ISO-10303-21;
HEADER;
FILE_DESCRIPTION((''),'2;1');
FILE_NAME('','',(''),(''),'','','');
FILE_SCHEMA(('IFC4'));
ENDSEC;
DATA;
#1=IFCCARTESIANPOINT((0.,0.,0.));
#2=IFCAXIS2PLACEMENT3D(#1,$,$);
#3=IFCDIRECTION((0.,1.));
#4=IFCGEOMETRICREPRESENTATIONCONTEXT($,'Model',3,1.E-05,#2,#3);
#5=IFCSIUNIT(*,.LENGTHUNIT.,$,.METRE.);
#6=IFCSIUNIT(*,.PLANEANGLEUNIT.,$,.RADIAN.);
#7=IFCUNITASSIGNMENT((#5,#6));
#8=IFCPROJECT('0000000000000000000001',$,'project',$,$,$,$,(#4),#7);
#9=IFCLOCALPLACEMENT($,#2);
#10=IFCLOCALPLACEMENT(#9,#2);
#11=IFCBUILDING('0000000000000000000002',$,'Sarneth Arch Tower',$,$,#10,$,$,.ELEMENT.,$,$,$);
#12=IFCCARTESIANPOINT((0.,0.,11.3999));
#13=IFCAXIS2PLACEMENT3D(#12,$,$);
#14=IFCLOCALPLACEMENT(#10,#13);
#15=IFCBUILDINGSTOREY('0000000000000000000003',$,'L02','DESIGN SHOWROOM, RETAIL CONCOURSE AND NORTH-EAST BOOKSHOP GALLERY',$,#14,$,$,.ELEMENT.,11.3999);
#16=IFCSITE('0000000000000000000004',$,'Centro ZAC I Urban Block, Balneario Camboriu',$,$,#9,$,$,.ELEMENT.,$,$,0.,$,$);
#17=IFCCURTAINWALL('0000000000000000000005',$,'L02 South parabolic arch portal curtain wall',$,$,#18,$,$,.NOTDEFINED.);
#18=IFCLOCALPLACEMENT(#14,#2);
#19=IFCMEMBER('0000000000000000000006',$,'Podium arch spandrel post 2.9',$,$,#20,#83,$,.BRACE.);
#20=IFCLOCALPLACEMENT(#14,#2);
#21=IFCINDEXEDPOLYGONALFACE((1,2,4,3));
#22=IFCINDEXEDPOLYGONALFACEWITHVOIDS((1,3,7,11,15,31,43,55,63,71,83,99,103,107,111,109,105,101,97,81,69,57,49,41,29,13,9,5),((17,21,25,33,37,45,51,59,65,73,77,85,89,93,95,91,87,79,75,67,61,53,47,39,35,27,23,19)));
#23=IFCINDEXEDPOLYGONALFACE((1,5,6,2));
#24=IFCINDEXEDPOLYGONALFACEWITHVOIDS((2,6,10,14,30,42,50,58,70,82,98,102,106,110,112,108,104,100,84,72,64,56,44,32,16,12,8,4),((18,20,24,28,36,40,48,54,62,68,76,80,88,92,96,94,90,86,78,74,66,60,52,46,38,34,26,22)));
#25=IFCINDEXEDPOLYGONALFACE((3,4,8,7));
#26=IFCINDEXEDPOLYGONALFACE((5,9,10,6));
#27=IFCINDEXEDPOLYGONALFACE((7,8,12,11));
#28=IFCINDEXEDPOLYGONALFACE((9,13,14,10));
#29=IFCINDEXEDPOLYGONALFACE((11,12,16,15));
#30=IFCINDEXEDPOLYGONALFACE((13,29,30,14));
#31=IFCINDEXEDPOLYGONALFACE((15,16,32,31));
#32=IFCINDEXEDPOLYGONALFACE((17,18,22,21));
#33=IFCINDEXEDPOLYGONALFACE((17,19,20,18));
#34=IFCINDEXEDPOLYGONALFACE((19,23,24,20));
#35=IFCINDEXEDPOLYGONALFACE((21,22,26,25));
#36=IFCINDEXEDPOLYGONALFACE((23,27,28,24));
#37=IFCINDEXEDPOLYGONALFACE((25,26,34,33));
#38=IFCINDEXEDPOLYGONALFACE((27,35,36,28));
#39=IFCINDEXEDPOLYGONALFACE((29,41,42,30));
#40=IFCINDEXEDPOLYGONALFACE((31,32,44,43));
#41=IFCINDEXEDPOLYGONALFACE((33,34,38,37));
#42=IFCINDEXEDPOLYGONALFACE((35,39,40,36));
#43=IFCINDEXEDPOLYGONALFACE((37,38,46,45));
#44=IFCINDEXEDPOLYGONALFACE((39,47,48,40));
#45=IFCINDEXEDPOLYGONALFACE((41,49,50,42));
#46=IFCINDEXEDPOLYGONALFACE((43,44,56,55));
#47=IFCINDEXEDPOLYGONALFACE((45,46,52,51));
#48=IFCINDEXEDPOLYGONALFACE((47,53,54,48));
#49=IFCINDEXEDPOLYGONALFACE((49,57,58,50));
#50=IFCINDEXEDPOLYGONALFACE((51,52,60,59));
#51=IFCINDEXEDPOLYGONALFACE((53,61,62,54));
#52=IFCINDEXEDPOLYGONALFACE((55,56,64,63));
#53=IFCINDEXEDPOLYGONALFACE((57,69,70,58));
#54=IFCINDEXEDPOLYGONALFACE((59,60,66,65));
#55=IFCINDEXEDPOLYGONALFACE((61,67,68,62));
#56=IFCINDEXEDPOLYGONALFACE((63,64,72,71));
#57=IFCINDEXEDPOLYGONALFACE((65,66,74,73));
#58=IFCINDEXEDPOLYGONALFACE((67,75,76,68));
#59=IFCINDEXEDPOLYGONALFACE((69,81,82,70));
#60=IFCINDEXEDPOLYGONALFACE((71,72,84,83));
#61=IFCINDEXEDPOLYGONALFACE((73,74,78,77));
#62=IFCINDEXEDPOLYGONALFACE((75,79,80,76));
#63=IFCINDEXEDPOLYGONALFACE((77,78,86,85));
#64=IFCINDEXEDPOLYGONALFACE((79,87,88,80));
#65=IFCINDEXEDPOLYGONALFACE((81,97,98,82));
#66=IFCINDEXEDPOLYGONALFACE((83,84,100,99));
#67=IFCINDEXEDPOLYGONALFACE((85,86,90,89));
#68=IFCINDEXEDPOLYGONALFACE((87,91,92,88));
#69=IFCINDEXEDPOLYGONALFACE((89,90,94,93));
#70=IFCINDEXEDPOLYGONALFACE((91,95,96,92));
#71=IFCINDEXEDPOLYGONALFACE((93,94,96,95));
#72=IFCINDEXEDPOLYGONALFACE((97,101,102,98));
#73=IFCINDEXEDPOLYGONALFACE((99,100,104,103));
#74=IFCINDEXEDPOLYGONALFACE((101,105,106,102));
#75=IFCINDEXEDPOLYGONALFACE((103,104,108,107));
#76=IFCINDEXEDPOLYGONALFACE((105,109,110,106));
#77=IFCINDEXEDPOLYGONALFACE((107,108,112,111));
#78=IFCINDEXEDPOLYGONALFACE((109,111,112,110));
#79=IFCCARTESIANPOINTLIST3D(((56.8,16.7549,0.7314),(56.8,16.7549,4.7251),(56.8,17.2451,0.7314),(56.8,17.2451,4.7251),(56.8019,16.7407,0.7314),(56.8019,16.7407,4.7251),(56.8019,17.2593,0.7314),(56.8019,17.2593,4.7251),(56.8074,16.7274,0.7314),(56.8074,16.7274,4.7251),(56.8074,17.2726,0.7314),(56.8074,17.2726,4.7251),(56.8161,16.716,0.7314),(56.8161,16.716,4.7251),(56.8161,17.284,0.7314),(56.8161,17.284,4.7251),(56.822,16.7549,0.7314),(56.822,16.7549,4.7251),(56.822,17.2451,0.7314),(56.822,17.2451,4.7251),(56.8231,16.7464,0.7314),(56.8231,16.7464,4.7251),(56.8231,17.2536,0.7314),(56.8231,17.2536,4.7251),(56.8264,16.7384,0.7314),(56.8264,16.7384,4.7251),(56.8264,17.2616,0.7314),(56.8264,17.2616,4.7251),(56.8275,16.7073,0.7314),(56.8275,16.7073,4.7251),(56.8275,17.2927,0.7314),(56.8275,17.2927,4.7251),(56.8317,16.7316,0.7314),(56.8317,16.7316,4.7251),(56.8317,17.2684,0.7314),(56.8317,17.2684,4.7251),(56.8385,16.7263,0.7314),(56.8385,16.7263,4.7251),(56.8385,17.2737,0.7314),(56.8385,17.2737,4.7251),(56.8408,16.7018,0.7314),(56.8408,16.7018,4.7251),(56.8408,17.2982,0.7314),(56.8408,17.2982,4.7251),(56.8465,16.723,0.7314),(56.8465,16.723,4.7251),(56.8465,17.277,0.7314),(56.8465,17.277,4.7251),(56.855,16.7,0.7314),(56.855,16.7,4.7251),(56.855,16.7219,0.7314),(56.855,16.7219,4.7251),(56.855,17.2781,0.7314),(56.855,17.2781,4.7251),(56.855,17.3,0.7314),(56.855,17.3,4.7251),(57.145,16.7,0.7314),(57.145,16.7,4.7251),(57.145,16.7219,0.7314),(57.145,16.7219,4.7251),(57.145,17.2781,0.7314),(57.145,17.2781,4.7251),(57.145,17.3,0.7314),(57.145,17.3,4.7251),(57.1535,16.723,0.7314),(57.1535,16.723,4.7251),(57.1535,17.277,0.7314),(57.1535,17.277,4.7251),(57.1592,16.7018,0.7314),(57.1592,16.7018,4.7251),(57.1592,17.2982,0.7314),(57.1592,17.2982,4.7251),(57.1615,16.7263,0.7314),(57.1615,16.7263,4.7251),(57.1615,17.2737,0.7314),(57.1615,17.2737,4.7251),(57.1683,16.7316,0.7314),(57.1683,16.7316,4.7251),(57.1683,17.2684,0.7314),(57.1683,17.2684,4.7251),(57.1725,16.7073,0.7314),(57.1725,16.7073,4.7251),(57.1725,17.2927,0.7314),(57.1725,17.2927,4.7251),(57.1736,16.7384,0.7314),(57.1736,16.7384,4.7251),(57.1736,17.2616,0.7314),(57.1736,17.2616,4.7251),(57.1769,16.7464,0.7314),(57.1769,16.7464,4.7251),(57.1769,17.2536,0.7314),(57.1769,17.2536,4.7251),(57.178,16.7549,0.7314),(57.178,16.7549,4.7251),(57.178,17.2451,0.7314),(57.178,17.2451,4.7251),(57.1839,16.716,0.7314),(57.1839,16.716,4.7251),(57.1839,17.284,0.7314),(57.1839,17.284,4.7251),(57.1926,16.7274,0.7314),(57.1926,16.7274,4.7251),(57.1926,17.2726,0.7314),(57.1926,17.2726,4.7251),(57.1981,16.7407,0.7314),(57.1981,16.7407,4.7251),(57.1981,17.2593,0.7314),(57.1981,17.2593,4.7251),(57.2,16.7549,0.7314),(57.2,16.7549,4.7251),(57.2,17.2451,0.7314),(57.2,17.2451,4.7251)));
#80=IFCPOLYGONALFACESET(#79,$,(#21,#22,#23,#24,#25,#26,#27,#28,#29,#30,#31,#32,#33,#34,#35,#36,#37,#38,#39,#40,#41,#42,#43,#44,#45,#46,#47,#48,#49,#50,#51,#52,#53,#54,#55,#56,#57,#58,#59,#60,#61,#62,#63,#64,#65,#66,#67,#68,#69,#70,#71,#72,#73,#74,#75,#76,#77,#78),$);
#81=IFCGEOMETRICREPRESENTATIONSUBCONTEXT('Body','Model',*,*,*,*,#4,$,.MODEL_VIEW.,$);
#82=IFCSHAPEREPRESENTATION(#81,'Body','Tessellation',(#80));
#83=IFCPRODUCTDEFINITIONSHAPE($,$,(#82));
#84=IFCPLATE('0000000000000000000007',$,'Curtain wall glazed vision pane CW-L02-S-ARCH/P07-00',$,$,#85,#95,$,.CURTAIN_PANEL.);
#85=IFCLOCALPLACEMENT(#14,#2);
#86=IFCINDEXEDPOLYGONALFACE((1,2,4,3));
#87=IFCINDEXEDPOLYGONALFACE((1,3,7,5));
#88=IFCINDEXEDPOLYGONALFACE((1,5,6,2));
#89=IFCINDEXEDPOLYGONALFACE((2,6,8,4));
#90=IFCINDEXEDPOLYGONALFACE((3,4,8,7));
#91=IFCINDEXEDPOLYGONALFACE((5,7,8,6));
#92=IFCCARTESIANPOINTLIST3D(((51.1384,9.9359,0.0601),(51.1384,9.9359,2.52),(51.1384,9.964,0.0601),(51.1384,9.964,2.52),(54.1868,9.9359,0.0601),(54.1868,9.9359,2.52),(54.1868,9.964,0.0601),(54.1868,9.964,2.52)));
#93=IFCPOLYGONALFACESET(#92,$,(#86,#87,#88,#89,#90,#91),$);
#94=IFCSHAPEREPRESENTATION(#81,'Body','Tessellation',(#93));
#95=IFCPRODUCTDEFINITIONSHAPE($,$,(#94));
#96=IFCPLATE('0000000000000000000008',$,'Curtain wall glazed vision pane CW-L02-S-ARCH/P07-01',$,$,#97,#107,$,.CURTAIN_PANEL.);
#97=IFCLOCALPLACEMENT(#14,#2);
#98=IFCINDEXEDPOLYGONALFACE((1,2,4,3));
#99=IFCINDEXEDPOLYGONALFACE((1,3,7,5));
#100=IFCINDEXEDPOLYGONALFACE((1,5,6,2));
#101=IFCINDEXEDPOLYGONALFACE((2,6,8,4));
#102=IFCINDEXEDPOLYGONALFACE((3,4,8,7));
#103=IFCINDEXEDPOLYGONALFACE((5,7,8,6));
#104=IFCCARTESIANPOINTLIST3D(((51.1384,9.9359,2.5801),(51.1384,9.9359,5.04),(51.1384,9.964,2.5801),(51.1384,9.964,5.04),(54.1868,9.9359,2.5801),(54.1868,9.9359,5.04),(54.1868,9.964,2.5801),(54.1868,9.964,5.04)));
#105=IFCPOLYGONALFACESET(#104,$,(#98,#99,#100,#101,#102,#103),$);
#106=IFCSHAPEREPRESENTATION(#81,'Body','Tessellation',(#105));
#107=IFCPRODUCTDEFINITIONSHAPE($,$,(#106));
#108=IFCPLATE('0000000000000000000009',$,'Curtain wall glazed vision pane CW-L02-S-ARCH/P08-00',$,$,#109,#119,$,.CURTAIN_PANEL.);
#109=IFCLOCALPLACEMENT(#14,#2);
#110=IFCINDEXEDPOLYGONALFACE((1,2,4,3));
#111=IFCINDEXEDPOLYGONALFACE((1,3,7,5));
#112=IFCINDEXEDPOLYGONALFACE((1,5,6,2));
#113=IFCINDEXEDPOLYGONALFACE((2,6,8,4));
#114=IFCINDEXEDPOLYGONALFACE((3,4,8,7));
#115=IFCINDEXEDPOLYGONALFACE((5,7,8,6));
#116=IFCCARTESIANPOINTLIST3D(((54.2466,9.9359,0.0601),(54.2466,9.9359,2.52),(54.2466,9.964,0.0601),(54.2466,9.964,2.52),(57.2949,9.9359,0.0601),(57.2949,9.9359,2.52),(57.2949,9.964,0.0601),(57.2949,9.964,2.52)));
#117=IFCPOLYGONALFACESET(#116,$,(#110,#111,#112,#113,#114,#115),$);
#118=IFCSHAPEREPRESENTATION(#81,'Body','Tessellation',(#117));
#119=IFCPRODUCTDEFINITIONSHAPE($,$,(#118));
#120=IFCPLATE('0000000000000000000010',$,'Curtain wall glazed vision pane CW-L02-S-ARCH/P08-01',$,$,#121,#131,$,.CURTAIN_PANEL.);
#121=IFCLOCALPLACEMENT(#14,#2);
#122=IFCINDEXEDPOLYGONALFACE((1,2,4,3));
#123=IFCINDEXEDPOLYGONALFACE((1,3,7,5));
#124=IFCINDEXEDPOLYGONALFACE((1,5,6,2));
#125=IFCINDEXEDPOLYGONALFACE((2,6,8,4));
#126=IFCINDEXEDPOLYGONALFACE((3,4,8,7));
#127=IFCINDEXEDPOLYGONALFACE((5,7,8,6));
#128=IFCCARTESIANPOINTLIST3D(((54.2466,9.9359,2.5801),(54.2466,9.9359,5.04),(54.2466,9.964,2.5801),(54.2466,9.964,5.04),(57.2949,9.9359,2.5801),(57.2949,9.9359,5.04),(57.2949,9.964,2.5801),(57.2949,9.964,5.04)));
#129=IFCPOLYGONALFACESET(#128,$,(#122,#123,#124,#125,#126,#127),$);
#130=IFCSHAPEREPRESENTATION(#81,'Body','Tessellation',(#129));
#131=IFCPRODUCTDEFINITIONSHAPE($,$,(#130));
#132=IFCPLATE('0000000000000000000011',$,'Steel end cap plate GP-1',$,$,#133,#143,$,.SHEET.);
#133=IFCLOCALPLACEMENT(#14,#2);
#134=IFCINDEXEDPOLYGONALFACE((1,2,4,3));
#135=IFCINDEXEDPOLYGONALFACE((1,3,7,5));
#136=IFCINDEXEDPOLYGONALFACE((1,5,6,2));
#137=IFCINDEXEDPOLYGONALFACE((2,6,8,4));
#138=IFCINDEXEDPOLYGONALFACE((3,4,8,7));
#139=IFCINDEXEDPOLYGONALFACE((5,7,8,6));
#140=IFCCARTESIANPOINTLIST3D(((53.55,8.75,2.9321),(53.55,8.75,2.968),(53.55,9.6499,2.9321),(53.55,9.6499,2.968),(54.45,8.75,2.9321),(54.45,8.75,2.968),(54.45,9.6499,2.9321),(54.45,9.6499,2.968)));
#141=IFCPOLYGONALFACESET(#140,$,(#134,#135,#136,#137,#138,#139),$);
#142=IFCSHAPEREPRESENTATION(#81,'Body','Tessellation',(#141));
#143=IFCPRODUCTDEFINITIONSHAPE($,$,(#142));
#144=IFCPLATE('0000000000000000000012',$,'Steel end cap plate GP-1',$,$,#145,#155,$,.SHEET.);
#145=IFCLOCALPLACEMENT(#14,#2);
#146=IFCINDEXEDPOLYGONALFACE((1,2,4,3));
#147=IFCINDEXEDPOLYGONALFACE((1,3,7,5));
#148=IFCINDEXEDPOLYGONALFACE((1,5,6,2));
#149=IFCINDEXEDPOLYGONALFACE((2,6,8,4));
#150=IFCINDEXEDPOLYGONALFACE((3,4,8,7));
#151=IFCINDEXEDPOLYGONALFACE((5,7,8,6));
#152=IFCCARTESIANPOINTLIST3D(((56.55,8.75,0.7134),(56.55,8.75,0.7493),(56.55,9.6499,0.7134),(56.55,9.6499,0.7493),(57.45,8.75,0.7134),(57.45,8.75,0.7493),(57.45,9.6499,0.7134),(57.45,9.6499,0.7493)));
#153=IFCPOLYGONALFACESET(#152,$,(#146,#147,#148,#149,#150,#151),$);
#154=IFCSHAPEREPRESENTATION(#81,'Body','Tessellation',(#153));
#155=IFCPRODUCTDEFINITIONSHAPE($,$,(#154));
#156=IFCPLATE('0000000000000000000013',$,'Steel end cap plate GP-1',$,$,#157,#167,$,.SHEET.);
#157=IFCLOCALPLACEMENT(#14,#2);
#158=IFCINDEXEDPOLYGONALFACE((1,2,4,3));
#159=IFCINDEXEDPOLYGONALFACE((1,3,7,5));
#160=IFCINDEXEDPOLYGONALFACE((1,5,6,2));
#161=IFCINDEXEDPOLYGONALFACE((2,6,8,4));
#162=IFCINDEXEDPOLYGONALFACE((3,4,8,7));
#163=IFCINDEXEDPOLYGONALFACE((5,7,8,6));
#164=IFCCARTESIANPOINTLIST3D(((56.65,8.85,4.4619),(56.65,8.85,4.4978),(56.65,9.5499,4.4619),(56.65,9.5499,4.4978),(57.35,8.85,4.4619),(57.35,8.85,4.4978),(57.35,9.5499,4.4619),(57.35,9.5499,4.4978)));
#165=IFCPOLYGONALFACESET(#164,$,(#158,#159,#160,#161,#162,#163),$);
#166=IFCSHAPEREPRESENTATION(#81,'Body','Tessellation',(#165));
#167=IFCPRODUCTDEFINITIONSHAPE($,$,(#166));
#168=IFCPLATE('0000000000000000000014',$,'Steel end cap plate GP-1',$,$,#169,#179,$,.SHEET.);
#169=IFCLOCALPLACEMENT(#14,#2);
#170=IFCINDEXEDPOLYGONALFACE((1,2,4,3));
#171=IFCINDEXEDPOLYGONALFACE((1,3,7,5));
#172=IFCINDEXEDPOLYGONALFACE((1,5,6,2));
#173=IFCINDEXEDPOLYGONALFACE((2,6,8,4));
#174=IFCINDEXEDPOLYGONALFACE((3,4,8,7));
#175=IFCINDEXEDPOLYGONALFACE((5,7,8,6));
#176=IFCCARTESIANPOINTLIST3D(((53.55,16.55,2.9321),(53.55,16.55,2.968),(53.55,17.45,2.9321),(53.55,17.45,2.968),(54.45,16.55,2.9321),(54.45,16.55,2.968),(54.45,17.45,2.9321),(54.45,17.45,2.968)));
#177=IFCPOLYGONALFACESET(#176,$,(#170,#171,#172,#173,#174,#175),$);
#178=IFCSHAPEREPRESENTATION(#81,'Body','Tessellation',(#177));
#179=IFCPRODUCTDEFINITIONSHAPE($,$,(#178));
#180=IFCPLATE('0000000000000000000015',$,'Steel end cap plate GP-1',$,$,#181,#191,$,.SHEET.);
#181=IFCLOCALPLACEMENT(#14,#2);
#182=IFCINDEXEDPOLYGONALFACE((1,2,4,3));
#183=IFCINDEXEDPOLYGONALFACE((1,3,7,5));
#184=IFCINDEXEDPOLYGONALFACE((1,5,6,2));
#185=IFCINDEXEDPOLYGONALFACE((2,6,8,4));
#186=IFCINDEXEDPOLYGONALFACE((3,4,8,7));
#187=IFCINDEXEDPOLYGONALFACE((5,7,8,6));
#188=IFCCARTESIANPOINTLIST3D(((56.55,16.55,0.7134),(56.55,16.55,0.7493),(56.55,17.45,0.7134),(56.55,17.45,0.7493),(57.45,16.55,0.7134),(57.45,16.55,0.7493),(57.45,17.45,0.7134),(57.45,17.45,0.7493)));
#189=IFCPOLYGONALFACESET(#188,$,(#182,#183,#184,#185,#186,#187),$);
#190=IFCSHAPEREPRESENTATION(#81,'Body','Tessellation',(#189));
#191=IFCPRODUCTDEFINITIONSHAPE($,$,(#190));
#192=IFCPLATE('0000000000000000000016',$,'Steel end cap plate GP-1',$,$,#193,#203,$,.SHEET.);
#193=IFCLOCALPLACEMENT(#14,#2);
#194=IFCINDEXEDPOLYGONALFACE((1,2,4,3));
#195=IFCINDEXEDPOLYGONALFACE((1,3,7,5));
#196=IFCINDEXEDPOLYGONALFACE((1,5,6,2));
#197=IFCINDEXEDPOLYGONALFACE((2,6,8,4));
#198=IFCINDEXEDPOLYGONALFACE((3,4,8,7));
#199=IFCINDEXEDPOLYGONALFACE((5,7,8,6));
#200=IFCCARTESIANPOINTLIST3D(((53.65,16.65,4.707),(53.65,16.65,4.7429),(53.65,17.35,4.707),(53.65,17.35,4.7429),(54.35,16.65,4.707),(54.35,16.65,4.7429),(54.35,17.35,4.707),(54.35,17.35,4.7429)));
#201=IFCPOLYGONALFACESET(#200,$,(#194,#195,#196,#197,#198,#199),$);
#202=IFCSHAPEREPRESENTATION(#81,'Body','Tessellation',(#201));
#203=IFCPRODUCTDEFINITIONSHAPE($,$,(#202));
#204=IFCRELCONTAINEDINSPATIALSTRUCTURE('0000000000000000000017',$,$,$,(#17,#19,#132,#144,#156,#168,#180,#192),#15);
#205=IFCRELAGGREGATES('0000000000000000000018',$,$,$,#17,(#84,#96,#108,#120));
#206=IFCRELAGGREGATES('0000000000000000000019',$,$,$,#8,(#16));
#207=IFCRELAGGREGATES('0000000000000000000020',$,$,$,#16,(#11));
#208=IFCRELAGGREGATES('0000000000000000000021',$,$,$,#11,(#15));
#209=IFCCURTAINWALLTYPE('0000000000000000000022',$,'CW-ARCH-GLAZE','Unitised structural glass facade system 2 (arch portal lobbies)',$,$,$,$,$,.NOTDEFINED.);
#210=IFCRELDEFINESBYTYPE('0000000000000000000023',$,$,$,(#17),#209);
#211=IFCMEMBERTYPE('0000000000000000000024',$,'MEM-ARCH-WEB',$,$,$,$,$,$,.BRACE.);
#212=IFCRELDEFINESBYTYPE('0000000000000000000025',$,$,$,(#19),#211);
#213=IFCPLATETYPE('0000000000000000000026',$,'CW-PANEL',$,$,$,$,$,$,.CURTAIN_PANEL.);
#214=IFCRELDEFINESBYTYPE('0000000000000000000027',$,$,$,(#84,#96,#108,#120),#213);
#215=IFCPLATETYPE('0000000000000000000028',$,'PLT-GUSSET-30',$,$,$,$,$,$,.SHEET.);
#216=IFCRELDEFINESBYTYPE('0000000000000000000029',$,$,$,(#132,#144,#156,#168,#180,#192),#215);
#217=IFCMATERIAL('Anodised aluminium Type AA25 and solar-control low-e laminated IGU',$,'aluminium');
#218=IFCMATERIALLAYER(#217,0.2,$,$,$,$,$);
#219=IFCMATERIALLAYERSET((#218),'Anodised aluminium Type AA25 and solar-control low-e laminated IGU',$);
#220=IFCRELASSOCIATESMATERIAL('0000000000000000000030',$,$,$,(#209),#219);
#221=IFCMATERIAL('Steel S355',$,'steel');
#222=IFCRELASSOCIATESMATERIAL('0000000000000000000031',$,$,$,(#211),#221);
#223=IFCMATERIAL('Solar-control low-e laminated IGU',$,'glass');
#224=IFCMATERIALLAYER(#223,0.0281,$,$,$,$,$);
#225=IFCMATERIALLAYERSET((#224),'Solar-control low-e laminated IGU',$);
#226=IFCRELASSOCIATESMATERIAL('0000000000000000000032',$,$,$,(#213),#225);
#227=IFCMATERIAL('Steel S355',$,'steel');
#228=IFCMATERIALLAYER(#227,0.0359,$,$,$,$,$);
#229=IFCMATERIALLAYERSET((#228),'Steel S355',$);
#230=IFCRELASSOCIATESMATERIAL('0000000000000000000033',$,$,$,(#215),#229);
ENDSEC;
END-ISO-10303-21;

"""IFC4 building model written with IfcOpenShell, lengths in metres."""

from ifc_helpers import new_model, si_unit, direction, frame, origin, origin_2d, place, context, subcontext, project, spatial, rectangle, hollow_rectangle, extrude, material, layer, layer_set, material_profile, profile_set, type_object, element, aggregate, save


model = new_model("IFC4")

# Units and contexts
model_context = context("Model", 3, precision=1e-05, world=origin(), true_north=direction((0.0, 1.0)))
body_context = subcontext(model_context, "Body", "Model", "MODEL_VIEW")
ifc_project = project(units=[si_unit("LENGTHUNIT", "METRE"), si_unit("PLANEANGLEUNIT", "RADIAN")], contexts=[model_context])

# Site, building, storey
site_placement = place(None, origin())
site = spatial("IfcSite", under=ifc_project, at=site_placement, Name="Centro ZAC I Urban Block, Balneario Camboriu", CompositionType="ELEMENT", RefElevation=0.0)
building_placement = place(site_placement, origin())
building = spatial("IfcBuilding", under=site, at=building_placement, Name="Sarneth Arch Tower", CompositionType="ELEMENT")
storey_placement = place(building_placement, frame((0.0, 0.0, 11.3999)))
storey = spatial("IfcBuildingStorey", under=building, at=storey_placement, Name="L02", Description="DESIGN SHOWROOM, RETAIL CONCOURSE AND NORTH-EAST BOOKSHOP GALLERY", CompositionType="ELEMENT", Elevation=11.3999)

# Curtain wall
ifc_material_1 = material(Name="Anodised aluminium Type AA25 and solar-control low-e laminated IGU", Category="aluminium")
ifc_layer_1 = layer(ifc_material_1, 0.2)
ifc_layer_set_1 = layer_set([ifc_layer_1], Name="Anodised aluminium Type AA25 and solar-control low-e laminated IGU")
curtain_wall_type = type_object("IfcCurtainWallType", Name="CW-ARCH-GLAZE", Description="Unitised structural glass facade system 2 (arch portal lobbies)", PredefinedType="NOTDEFINED", material=ifc_layer_set_1)
curtain_wall_placement = place(storey_placement, origin())
curtain_wall = element("IfcCurtainWall", 1, at=curtain_wall_placement, inside=storey, type_object=curtain_wall_type, Name="L02 South parabolic arch portal curtain wall", PredefinedType="NOTDEFINED")

# Member
ifc_material_2 = material(Name="Steel S355", Category="steel")
ifc_material_profile_1 = material_profile(ifc_material_2, hollow_rectangle(XDim=0.3999, YDim=0.6001, WallThickness=0.022, InnerFilletRadius=0.033, OuterFilletRadius=0.0549, at=origin_2d()), Name="RHS600x400x22")
ifc_profile_set_1 = profile_set([ifc_material_profile_1], Name="Steel S355")
member_type_1 = type_object("IfcMemberType", Name="MEM-ARCH-WEB", PredefinedType="BRACE", material=ifc_profile_set_1)
member_1_placement = place(storey_placement, frame((57.0, 17.0, 0.7314), z_axis=(0.0, 0.0, 1.0), x_axis=(1.0, 0.0, 0.0)))
element("IfcMember", 2, at=member_1_placement, inside=storey, type_object=member_type_1, Name="Podium arch spandrel post 2.9", PredefinedType="BRACE", context=body_context, shape_type="SweptSolid", body=[
    extrude(hollow_rectangle(XDim=0.3999, YDim=0.6001, WallThickness=0.022, InnerFilletRadius=0.033, OuterFilletRadius=0.0549, at=origin_2d()), origin(), (0.0, 0.0, 1.0), 3.9937),
])

# Plates
ifc_material_3 = material(Name="Solar-control low-e laminated IGU", Category="glass")
ifc_layer_2 = layer(ifc_material_3, 0.0281)
ifc_layer_set_2 = layer_set([ifc_layer_2], Name="Solar-control low-e laminated IGU")
plate_type_1 = type_object("IfcPlateType", Name="CW-PANEL", PredefinedType="CURTAIN_PANEL", material=ifc_layer_set_2)
plate_1_placement = place(storey_placement, frame((52.6626, 9.95, 0.0601), z_axis=(0.0, 0.0, 1.0), x_axis=(1.0, 0.0, 0.0)))
plate_1 = element("IfcPlate", 3, at=plate_1_placement, type_object=plate_type_1, Name="Curtain wall glazed vision pane CW-L02-S-ARCH/P07-00", PredefinedType="CURTAIN_PANEL", context=body_context, shape_type="SweptSolid", body=[
    extrude(rectangle(XDim=3.0483, YDim=0.0281, at=origin_2d()), origin(), (0.0, 0.0, 1.0), 2.46),
])
plate_2_placement = place(storey_placement, frame((52.6626, 9.95, 2.5801), z_axis=(0.0, 0.0, 1.0), x_axis=(1.0, 0.0, 0.0)))
plate_2 = element("IfcPlate", 4, at=plate_2_placement, type_object=plate_type_1, Name="Curtain wall glazed vision pane CW-L02-S-ARCH/P07-01", PredefinedType="CURTAIN_PANEL", context=body_context, shape_type="SweptSolid", body=[
    extrude(rectangle(XDim=3.0483, YDim=0.0281, at=origin_2d()), origin(), (0.0, 0.0, 1.0), 2.46),
])
plate_3_placement = place(storey_placement, frame((55.7708, 9.95, 0.0601), z_axis=(0.0, 0.0, 1.0), x_axis=(1.0, 0.0, 0.0)))
plate_3 = element("IfcPlate", 5, at=plate_3_placement, type_object=plate_type_1, Name="Curtain wall glazed vision pane CW-L02-S-ARCH/P08-00", PredefinedType="CURTAIN_PANEL", context=body_context, shape_type="SweptSolid", body=[
    extrude(rectangle(XDim=3.0483, YDim=0.0281, at=origin_2d()), origin(), (0.0, 0.0, 1.0), 2.46),
])
plate_4_placement = place(storey_placement, frame((55.7708, 9.95, 2.5801), z_axis=(0.0, 0.0, 1.0), x_axis=(1.0, 0.0, 0.0)))
plate_4 = element("IfcPlate", 6, at=plate_4_placement, type_object=plate_type_1, Name="Curtain wall glazed vision pane CW-L02-S-ARCH/P08-01", PredefinedType="CURTAIN_PANEL", context=body_context, shape_type="SweptSolid", body=[
    extrude(rectangle(XDim=3.0483, YDim=0.0281, at=origin_2d()), origin(), (0.0, 0.0, 1.0), 2.46),
])
aggregate(curtain_wall, [plate_1, plate_2, plate_3, plate_4])

# Plates
ifc_material_4 = material(Name="Steel S355", Category="steel")
ifc_layer_3 = layer(ifc_material_4, 0.0359)
ifc_layer_set_3 = layer_set([ifc_layer_3], Name="Steel S355")
plate_type_2 = type_object("IfcPlateType", Name="PLT-GUSSET-30", PredefinedType="SHEET", material=ifc_layer_set_3)
for number, where, z_axis, x_axis, name in (
    (7, (54.0, 9.2, 2.9321), (0.0, 0.0, 1.0), (-1.0, 0.0, 0.0), "Steel end cap plate GP-1"),
    (8, (57.0, 9.2, 0.7134), (0.0, 0.0, 1.0), (-1.0, 0.0, 0.0), "Steel end cap plate GP-1"),
):
    element("IfcPlate", number, at=place(storey_placement, frame(where, z_axis=z_axis, x_axis=x_axis)), inside=storey, type_object=plate_type_2, Name=name, PredefinedType="SHEET", context=body_context, shape_type="SweptSolid", body=[
        extrude(rectangle(XDim=0.8999, YDim=0.8999, at=origin_2d()), origin(), (0.0, 0.0, 1.0), 0.0359),
    ])
plate_5_placement = place(storey_placement, frame((57.0, 9.2, 4.4619), z_axis=(0.0, 0.0, 1.0), x_axis=(1.0, 0.0, 0.0)))
element("IfcPlate", 9, at=plate_5_placement, inside=storey, type_object=plate_type_2, Name="Steel end cap plate GP-1", PredefinedType="SHEET", context=body_context, shape_type="SweptSolid", body=[
    extrude(rectangle(XDim=0.7, YDim=0.7, at=origin_2d()), origin(), (0.0, 0.0, 1.0), 0.0359),
])
for number, where, z_axis, x_axis, name in (
    (10, (54.0, 17.0, 2.9321), (0.0, 0.0, 1.0), (-1.0, 0.0, 0.0), "Steel end cap plate GP-1"),
    (11, (57.0, 17.0, 0.7134), (0.0, 0.0, 1.0), (-1.0, 0.0, 0.0), "Steel end cap plate GP-1"),
):
    element("IfcPlate", number, at=place(storey_placement, frame(where, z_axis=z_axis, x_axis=x_axis)), inside=storey, type_object=plate_type_2, Name=name, PredefinedType="SHEET", context=body_context, shape_type="SweptSolid", body=[
        extrude(rectangle(XDim=0.8999, YDim=0.8999, at=origin_2d()), origin(), (0.0, 0.0, 1.0), 0.0359),
    ])
plate_6_placement = place(storey_placement, frame((54.0, 17.0, 4.707), z_axis=(0.0, 0.0, 1.0), x_axis=(1.0, 0.0, 0.0)))
element("IfcPlate", 12, at=plate_6_placement, inside=storey, type_object=plate_type_2, Name="Steel end cap plate GP-1", PredefinedType="SHEET", context=body_context, shape_type="SweptSolid", body=[
    extrude(rectangle(XDim=0.7, YDim=0.7, at=origin_2d()), origin(), (0.0, 0.0, 1.0), 0.0359),
])

save(model, "model.ifc")
